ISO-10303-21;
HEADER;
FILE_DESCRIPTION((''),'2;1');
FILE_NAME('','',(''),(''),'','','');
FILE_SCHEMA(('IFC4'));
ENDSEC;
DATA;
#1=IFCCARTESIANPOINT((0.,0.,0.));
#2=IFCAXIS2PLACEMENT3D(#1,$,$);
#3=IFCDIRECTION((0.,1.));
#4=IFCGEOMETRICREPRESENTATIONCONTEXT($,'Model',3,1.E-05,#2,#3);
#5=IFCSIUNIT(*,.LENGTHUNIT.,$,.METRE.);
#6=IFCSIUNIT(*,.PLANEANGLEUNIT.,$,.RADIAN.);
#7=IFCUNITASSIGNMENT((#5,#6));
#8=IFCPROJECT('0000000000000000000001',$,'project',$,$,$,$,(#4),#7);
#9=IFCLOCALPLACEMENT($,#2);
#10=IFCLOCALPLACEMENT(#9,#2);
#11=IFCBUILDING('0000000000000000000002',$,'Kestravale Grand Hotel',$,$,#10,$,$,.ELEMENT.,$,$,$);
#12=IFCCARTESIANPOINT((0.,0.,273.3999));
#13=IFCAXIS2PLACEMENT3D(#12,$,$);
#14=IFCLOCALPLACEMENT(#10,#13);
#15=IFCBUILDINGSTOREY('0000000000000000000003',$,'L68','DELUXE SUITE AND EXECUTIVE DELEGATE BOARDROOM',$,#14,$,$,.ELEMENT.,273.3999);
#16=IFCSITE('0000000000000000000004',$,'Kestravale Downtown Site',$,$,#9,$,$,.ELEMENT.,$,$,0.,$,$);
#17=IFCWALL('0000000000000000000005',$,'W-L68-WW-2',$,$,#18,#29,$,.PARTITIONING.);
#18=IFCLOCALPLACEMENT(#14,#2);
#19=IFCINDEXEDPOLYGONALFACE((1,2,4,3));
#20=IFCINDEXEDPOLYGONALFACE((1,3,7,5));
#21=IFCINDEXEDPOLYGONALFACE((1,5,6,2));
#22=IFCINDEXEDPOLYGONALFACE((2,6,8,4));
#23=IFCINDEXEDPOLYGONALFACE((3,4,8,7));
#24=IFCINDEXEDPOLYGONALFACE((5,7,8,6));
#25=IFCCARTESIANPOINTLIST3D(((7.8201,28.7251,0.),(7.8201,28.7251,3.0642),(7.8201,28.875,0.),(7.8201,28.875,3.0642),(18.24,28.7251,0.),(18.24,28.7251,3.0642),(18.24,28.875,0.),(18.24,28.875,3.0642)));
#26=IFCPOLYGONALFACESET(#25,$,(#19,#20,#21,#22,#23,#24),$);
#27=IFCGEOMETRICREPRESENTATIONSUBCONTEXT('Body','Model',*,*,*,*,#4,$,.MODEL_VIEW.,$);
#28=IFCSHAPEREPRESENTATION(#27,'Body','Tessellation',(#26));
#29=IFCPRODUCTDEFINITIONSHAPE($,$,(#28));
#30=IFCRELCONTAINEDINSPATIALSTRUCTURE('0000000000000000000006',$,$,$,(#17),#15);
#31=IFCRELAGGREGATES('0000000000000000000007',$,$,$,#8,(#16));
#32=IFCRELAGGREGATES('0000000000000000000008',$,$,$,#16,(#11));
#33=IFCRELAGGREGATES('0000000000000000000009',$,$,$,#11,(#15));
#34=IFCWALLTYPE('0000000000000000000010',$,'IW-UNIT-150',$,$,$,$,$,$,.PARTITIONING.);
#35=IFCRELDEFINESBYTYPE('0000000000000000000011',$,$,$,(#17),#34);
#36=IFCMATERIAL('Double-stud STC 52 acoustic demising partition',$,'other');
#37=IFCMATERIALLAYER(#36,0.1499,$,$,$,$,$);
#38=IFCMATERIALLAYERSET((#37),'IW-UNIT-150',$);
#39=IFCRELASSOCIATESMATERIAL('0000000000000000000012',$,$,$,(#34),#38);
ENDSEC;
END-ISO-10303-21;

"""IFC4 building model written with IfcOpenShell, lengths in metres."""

from ifc_helpers import new_model, si_unit, direction, frame, frame_2d, origin, place, context, subcontext, project, spatial, rectangle, extrude, material, layer, layer_set, type_object, element, save


model = new_model("IFC4")

# Units and contexts
model_context = context("Model", 3, precision=1e-05, world=origin(), true_north=direction((0.0, 1.0)))
body_context = subcontext(model_context, "Body", "Model", "MODEL_VIEW")
ifc_project = project(units=[si_unit("LENGTHUNIT", "METRE"), si_unit("PLANEANGLEUNIT", "RADIAN")], contexts=[model_context])

# Site, building, storey
site_placement = place(None, origin())
site = spatial("IfcSite", under=ifc_project, at=site_placement, Name="Kestravale Downtown Site", CompositionType="ELEMENT", RefElevation=0.0)
building_placement = place(site_placement, origin())
building = spatial("IfcBuilding", under=site, at=building_placement, Name="Kestravale Grand Hotel", CompositionType="ELEMENT")
storey_placement = place(building_placement, frame((0.0, 0.0, 273.3999)))
storey = spatial("IfcBuildingStorey", under=building, at=storey_placement, Name="L68", Description="DELUXE SUITE AND EXECUTIVE DELEGATE BOARDROOM", CompositionType="ELEMENT", Elevation=273.3999)

# Wall
ifc_material_1 = material(Name="Double-stud STC 52 acoustic demising partition", Category="other")
ifc_layer_1 = layer(ifc_material_1, 0.1499)
ifc_layer_set_1 = layer_set([ifc_layer_1], Name="IW-UNIT-150")
wall_type_1 = type_object("IfcWallType", Name="IW-UNIT-150", PredefinedType="PARTITIONING", material=ifc_layer_set_1)
for number, where, z_axis, x_axis, name in (
    (1, (7.8201, 28.8, 0.0), (0.0, 0.0, 1.0), (1.0, 0.0, 0.0), "W-L68-WW-2"),
):
    element("IfcWall", number, at=place(storey_placement, frame(where, z_axis=z_axis, x_axis=x_axis)), inside=storey, type_object=wall_type_1, Name=name, PredefinedType="PARTITIONING", context=body_context, shape_type="SweptSolid", body=[
        extrude(rectangle(XDim=10.4199, YDim=0.1499, at=frame_2d((5.21, 0.0))), origin(), (0.0, 0.0, 1.0), 3.0642),
    ])

save(model, "model.ifc")
